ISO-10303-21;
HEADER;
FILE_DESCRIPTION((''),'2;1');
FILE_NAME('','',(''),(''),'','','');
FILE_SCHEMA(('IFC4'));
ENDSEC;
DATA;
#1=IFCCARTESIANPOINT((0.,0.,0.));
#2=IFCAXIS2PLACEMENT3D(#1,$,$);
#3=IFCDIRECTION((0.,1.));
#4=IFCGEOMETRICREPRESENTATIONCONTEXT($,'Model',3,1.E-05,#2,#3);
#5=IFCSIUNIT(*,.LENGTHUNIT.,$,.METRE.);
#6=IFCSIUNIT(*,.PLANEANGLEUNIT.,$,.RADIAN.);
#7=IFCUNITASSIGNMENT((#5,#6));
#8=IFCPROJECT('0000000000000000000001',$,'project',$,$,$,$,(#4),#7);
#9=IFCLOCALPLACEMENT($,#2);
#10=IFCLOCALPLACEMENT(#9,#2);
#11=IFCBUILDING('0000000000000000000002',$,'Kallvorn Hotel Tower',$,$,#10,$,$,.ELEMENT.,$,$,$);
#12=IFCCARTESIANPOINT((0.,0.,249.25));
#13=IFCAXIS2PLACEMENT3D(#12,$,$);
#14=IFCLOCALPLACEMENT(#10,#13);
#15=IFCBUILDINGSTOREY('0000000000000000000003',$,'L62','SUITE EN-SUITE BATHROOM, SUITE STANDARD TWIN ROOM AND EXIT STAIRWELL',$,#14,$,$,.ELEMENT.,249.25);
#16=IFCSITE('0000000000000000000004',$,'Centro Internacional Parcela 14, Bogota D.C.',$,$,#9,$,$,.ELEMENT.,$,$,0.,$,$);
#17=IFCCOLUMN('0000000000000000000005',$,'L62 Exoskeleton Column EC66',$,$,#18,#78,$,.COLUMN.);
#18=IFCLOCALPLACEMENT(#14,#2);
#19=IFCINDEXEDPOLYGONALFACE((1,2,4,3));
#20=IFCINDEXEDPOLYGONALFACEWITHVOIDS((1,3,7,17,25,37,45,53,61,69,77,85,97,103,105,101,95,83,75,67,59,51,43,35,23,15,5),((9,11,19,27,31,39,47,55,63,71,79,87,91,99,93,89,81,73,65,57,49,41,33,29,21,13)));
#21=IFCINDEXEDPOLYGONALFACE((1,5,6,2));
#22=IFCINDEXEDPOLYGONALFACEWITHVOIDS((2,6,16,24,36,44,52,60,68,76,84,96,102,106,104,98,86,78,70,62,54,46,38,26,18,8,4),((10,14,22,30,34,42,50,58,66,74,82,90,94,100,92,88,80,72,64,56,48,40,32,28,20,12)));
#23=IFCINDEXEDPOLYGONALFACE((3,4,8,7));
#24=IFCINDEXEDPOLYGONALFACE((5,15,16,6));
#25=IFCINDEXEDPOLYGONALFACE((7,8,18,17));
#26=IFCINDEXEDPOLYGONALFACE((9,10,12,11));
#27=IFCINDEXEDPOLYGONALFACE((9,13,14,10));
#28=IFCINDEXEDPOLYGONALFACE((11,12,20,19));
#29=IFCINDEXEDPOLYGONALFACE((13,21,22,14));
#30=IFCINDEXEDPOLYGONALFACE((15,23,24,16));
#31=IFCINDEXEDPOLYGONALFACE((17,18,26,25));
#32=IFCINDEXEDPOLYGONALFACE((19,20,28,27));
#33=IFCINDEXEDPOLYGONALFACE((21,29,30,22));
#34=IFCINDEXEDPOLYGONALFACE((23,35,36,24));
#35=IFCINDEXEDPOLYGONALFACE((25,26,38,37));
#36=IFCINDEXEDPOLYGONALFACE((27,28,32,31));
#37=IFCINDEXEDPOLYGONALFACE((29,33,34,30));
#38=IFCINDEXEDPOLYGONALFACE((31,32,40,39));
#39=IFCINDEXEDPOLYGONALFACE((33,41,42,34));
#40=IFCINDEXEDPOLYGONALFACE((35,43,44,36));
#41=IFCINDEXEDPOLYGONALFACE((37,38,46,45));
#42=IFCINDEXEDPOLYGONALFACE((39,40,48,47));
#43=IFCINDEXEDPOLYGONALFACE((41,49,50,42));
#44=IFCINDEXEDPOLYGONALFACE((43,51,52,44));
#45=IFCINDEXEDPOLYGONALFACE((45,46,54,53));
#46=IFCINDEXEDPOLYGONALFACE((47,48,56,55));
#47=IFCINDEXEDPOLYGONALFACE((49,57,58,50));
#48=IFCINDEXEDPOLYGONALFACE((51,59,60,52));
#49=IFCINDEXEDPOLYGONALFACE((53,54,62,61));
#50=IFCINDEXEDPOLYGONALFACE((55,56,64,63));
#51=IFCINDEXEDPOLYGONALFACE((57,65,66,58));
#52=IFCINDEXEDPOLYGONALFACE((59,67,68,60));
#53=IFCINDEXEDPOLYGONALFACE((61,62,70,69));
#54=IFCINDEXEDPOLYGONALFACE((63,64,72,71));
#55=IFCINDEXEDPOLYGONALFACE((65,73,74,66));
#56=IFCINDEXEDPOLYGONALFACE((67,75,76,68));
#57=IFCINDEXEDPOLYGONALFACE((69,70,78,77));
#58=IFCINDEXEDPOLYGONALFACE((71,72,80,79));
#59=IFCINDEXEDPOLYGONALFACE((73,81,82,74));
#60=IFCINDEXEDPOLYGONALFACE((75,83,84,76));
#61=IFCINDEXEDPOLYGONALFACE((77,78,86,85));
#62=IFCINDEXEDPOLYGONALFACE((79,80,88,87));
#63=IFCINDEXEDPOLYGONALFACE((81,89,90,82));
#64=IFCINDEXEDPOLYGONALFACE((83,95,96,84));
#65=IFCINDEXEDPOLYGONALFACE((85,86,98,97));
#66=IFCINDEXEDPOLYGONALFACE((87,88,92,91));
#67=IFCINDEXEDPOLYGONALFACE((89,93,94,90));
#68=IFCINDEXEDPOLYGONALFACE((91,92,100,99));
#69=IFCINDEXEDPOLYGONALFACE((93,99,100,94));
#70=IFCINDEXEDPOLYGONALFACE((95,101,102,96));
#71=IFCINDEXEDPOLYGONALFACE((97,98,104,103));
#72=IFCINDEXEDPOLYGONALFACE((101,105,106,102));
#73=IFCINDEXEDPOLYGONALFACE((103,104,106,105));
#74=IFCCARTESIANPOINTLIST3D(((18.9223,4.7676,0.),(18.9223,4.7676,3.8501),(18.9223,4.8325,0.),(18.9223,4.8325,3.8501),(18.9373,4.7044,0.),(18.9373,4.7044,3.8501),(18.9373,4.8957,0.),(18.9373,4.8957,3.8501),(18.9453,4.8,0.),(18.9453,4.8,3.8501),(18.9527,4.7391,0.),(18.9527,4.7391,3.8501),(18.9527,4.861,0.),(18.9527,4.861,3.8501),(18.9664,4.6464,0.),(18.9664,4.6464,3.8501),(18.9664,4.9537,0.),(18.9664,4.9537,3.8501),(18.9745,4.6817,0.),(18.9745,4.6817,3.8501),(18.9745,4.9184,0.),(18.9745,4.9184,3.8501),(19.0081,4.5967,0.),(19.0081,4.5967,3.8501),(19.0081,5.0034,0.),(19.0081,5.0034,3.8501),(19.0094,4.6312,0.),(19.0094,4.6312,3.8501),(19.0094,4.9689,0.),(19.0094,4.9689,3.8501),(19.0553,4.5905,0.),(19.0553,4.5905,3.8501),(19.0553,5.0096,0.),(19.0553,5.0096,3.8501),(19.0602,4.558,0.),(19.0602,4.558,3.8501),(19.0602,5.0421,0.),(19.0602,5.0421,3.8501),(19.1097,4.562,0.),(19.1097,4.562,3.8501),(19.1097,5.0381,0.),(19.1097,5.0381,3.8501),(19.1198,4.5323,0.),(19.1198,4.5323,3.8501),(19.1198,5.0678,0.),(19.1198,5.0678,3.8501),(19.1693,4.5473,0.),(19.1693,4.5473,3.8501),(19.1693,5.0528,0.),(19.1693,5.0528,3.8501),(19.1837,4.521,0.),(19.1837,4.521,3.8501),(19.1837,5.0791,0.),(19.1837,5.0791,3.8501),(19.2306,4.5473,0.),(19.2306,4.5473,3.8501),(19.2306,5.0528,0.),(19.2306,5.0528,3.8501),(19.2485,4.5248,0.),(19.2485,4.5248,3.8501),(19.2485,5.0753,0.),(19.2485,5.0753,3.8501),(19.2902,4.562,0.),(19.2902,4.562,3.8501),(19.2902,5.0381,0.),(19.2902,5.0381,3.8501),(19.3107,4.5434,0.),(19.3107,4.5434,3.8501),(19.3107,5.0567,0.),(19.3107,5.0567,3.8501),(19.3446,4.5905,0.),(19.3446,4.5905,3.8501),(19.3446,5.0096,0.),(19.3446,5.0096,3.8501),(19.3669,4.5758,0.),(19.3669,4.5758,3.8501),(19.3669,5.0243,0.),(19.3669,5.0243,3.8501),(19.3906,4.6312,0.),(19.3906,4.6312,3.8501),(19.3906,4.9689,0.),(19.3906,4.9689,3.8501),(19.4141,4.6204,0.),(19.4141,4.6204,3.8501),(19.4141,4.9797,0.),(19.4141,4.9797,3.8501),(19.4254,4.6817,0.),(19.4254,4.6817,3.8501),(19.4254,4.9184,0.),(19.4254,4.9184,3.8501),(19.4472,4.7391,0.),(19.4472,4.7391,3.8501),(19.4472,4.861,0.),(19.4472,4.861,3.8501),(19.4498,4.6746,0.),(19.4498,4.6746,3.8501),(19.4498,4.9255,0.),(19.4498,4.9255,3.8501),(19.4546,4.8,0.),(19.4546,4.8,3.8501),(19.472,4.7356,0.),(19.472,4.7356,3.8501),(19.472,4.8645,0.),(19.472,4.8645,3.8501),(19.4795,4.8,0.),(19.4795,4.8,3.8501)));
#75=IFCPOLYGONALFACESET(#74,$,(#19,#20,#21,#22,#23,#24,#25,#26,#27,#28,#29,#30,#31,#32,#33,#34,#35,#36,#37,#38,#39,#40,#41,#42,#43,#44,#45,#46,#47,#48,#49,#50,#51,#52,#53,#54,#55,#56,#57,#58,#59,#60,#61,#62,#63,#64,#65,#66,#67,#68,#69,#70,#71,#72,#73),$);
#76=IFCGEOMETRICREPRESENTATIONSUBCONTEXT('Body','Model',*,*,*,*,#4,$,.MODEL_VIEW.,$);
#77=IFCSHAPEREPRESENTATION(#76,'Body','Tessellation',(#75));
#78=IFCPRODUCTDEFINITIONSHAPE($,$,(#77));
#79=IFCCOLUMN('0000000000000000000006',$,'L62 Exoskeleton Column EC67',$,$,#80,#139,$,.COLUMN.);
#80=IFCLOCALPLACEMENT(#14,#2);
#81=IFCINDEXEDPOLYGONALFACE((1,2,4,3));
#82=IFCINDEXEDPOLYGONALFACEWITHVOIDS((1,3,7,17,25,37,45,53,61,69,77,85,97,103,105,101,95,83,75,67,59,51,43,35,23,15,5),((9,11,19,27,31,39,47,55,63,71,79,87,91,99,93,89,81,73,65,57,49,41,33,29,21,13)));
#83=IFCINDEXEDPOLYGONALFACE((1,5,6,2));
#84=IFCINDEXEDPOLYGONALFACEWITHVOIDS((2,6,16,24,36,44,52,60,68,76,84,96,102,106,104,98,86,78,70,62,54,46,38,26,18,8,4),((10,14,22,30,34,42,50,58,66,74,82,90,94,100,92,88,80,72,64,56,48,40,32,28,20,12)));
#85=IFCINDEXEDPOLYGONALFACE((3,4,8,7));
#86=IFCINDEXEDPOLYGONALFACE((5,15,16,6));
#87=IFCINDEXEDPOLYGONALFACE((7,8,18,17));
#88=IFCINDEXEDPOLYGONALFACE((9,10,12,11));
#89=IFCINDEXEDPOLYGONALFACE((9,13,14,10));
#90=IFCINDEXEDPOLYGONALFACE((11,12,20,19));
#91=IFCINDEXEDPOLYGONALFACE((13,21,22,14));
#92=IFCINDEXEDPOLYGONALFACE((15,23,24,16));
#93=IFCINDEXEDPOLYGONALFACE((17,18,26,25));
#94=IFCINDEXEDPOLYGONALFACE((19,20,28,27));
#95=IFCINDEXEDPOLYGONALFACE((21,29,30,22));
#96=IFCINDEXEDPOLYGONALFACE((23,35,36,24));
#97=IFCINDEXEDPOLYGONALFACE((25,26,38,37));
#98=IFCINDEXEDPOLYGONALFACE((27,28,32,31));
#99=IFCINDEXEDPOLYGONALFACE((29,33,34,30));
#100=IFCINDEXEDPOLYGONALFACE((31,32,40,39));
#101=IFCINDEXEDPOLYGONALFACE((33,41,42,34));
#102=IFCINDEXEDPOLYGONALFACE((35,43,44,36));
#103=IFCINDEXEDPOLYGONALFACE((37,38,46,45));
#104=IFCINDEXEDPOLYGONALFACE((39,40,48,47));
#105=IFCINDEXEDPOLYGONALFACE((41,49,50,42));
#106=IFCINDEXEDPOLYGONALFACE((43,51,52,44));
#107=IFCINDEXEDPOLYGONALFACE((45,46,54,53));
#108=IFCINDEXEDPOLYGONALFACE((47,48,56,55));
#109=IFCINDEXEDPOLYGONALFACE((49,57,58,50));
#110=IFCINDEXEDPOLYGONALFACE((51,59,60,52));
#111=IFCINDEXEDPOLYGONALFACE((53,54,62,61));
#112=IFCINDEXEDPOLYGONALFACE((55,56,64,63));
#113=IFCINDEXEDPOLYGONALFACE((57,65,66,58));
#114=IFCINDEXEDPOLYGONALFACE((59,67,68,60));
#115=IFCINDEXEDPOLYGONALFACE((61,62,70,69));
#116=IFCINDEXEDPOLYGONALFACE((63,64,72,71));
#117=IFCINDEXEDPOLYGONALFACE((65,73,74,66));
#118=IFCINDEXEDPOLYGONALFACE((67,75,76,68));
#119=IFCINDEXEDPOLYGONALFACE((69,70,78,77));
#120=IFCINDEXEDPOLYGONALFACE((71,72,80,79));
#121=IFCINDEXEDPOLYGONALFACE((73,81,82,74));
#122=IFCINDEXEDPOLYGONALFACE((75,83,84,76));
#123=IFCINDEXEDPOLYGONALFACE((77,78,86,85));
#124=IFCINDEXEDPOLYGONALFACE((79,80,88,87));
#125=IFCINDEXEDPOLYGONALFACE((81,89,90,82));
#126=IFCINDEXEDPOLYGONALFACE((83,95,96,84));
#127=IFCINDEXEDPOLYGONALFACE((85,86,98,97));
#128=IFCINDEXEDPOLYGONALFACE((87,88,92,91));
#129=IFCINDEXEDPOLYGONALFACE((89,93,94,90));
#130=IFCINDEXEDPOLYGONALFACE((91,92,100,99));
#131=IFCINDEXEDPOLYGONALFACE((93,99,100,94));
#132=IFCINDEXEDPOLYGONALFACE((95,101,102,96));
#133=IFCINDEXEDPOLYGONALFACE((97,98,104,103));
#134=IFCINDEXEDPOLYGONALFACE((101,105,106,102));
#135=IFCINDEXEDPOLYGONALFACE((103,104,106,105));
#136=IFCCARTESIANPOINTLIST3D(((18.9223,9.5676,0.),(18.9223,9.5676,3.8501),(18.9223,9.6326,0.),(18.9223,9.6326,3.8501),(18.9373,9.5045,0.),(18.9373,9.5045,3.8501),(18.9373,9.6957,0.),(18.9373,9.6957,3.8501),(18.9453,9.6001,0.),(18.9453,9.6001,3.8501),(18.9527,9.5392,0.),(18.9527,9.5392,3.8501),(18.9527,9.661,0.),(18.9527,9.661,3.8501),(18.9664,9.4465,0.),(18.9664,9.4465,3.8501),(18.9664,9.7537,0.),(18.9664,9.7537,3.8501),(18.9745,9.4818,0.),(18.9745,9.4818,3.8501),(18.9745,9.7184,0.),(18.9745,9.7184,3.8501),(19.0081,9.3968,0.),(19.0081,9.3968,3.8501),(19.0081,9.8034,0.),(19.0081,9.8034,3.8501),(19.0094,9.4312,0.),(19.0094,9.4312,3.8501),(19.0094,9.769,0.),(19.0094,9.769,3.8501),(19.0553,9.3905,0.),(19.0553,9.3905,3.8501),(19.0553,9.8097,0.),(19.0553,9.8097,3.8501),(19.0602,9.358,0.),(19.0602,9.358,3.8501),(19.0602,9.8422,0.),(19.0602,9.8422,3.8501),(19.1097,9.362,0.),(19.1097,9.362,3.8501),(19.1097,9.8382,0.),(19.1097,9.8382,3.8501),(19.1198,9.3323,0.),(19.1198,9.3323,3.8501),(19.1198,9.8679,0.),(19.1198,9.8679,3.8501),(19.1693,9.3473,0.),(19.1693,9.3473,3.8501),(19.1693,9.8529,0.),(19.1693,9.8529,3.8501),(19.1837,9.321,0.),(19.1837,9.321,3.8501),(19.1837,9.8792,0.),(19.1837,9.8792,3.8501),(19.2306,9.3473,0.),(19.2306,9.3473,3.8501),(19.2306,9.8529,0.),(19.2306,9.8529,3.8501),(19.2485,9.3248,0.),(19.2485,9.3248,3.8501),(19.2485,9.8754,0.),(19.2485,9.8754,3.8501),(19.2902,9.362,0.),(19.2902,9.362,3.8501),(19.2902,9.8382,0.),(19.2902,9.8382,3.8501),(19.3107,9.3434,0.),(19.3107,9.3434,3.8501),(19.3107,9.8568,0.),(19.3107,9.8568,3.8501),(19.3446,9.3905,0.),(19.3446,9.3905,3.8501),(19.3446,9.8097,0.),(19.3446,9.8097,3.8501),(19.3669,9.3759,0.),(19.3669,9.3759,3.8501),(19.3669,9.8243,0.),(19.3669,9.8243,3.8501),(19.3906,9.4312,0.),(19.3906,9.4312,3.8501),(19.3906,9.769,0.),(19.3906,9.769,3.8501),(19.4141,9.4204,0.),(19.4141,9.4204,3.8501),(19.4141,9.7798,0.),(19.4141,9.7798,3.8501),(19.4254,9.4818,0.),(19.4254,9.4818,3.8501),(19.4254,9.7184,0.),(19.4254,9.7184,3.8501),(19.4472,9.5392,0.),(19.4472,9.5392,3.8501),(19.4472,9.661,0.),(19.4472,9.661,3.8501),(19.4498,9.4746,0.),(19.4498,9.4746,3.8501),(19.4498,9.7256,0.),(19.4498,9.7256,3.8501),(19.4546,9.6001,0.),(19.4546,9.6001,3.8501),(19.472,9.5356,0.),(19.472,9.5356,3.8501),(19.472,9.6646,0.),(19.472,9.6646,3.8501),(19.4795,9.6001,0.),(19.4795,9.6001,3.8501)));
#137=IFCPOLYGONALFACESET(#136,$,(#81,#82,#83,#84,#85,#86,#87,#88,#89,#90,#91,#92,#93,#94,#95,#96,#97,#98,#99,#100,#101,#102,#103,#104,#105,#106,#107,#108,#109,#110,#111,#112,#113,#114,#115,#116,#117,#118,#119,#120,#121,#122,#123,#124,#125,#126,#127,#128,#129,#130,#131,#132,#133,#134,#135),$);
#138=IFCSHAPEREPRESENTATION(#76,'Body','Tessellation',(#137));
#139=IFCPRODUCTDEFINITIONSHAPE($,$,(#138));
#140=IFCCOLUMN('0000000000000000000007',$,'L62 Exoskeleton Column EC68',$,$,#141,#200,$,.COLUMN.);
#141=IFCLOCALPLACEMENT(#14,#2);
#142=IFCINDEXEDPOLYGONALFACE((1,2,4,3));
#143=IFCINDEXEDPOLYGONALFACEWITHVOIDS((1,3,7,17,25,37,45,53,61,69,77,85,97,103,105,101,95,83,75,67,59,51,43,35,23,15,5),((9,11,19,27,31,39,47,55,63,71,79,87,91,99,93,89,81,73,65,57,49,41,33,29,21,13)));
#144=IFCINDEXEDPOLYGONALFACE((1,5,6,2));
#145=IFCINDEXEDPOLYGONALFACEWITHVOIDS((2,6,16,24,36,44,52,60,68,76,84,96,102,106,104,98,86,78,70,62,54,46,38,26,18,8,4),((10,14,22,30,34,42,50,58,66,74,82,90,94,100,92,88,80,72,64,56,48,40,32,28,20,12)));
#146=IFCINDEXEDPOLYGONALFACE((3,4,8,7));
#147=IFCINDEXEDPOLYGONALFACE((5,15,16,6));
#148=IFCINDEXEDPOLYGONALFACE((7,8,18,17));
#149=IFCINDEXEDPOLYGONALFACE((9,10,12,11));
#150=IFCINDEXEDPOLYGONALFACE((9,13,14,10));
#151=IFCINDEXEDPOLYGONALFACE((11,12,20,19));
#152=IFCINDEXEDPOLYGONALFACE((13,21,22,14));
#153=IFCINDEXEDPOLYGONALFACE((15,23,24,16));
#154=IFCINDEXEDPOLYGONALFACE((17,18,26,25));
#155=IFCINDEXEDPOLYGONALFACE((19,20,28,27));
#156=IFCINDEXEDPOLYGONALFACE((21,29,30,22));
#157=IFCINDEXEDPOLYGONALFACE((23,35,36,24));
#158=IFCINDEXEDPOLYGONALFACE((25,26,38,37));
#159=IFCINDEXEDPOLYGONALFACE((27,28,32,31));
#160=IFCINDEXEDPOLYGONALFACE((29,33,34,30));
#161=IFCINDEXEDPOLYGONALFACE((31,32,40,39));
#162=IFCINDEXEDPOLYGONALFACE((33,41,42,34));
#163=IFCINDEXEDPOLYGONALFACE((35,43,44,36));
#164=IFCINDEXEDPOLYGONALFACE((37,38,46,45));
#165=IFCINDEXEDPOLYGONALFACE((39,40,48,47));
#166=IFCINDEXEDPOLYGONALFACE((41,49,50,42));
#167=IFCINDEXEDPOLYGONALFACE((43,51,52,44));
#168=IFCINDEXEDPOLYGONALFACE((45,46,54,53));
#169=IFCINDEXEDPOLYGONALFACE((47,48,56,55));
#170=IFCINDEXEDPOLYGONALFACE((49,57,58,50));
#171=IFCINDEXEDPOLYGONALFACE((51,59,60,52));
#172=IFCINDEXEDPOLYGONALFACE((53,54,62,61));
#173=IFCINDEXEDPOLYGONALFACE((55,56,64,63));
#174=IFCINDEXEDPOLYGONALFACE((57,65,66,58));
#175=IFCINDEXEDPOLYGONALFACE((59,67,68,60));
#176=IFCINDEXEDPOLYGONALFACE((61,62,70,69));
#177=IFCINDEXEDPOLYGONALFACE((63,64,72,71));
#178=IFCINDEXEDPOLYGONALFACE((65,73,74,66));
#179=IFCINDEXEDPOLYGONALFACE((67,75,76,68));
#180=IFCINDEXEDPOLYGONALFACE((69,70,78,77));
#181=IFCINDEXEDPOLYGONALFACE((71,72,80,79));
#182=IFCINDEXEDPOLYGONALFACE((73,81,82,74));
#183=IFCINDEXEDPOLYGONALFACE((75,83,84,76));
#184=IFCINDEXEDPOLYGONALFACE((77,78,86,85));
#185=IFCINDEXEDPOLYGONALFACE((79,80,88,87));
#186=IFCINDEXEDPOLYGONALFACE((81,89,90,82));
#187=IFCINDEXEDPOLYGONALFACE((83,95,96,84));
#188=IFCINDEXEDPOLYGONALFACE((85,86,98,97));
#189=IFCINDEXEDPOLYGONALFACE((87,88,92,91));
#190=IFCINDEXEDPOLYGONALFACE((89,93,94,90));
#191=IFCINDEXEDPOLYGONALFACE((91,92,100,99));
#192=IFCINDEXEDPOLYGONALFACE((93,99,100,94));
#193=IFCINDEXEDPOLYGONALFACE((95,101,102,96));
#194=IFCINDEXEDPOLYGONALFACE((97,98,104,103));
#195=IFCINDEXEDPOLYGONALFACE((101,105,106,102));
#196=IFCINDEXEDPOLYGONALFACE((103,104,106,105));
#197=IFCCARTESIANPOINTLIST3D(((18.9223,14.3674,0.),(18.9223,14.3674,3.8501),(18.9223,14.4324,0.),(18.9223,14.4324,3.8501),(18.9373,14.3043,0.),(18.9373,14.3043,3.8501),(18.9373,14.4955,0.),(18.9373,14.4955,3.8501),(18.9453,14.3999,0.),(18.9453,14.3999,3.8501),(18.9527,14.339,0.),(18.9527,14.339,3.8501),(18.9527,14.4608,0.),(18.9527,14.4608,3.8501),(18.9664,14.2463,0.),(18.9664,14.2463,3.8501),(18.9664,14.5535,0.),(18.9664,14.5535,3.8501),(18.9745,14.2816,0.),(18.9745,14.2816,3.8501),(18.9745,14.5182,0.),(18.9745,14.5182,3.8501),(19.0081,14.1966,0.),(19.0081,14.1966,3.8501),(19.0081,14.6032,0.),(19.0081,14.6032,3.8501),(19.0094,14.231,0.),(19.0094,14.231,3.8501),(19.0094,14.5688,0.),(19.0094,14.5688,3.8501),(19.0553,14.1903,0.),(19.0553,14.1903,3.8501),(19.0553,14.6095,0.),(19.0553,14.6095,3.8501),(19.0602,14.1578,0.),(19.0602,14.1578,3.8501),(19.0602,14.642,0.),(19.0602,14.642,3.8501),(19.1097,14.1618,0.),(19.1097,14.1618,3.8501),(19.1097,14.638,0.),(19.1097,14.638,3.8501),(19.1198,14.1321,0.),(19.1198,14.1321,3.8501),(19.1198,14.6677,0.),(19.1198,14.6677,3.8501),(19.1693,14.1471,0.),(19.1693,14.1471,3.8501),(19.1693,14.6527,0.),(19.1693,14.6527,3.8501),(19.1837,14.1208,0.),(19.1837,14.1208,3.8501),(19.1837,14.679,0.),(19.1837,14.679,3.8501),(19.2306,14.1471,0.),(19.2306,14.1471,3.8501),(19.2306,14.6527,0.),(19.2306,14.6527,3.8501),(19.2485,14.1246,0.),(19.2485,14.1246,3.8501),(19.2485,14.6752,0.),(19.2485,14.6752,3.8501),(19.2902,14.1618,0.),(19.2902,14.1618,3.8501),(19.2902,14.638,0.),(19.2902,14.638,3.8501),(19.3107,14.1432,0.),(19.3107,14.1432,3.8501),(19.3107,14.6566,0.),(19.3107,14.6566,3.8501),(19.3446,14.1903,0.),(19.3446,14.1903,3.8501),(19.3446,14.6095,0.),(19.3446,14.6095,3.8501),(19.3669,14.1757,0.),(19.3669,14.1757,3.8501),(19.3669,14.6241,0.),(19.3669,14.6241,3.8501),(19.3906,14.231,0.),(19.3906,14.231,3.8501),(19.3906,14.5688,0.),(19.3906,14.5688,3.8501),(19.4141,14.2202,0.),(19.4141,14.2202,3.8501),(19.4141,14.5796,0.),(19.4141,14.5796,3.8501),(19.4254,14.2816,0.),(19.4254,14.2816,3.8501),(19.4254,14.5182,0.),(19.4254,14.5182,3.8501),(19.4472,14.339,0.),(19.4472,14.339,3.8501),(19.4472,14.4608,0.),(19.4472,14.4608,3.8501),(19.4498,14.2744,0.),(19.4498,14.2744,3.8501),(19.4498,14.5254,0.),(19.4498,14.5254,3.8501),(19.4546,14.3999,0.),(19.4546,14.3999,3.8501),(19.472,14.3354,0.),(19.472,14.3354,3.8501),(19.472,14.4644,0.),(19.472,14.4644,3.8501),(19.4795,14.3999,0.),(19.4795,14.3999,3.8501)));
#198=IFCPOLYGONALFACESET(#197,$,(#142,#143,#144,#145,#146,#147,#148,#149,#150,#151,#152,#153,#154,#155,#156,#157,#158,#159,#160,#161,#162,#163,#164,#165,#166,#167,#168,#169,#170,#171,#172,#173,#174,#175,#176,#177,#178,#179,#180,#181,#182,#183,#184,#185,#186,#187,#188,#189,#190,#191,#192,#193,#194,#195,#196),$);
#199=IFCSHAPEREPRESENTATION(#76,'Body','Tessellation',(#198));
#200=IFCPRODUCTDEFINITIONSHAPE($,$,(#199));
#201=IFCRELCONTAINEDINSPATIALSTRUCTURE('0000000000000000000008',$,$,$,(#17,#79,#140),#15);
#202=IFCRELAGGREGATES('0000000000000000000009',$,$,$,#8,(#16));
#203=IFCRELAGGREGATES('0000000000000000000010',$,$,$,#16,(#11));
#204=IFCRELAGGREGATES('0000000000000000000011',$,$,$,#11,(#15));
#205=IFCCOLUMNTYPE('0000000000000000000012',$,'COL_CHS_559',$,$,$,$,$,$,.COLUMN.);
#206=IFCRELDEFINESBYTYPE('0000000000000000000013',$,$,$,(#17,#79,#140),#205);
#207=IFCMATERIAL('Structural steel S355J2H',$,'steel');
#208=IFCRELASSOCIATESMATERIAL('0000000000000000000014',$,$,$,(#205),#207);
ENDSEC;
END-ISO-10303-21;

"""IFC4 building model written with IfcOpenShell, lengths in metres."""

from ifc_helpers import new_model, si_unit, direction, frame, origin, origin_2d, place, context, subcontext, project, spatial, hollow_circle, extrude, material, material_profile, profile_set, type_object, element, save


model = new_model("IFC4")

# Units and contexts
model_context = context("Model", 3, precision=1e-05, world=origin(), true_north=direction((0.0, 1.0)))
body_context = subcontext(model_context, "Body", "Model", "MODEL_VIEW")
ifc_project = project(units=[si_unit("LENGTHUNIT", "METRE"), si_unit("PLANEANGLEUNIT", "RADIAN")], contexts=[model_context])

# Site, building, storey
site_placement = place(None, origin())
site = spatial("IfcSite", under=ifc_project, at=site_placement, Name="Centro Internacional Parcela 14, Bogota D.C.", CompositionType="ELEMENT", RefElevation=0.0)
building_placement = place(site_placement, origin())
building = spatial("IfcBuilding", under=site, at=building_placement, Name="Kallvorn Hotel Tower", CompositionType="ELEMENT")
storey_placement = place(building_placement, frame((0.0, 0.0, 249.25)))
storey = spatial("IfcBuildingStorey", under=building, at=storey_placement, Name="L62", Description="SUITE EN-SUITE BATHROOM, SUITE STANDARD TWIN ROOM AND EXIT STAIRWELL", CompositionType="ELEMENT", Elevation=249.25)

# Columns
ifc_material_1 = material(Name="Structural steel S355J2H", Category="steel")
ifc_material_profile_1 = material_profile(ifc_material_1, hollow_circle(Radius=0.2795, WallThickness=0.0249, at=origin_2d()), Name="CHS 559x25")
ifc_profile_set_1 = profile_set([ifc_material_profile_1], Name="Structural steel S355J2H")
column_type_1 = type_object("IfcColumnType", Name="COL_CHS_559", PredefinedType="COLUMN", material=ifc_profile_set_1)
for number, where, z_axis, x_axis, name in (
    (1, (19.2, 4.8, 0.0), (0.0, 0.0, 1.0), (1.0, 0.0, 0.0), "L62 Exoskeleton Column EC66"),
    (2, (19.2, 9.6001, 0.0), (0.0, 0.0, 1.0), (1.0, 0.0, 0.0), "L62 Exoskeleton Column EC67"),
    (3, (19.2, 14.3999, 0.0), (0.0, 0.0, 1.0), (1.0, 0.0, 0.0), "L62 Exoskeleton Column EC68"),
):
    element("IfcColumn", number, at=place(storey_placement, frame(where, z_axis=z_axis, x_axis=x_axis)), inside=storey, type_object=column_type_1, Name=name, PredefinedType="COLUMN", context=body_context, shape_type="SweptSolid", body=[
        extrude(hollow_circle(Radius=0.2795, WallThickness=0.0249, at=origin_2d()), origin(), (0.0, 0.0, 1.0), 3.8501),
    ])

save(model, "model.ifc")
